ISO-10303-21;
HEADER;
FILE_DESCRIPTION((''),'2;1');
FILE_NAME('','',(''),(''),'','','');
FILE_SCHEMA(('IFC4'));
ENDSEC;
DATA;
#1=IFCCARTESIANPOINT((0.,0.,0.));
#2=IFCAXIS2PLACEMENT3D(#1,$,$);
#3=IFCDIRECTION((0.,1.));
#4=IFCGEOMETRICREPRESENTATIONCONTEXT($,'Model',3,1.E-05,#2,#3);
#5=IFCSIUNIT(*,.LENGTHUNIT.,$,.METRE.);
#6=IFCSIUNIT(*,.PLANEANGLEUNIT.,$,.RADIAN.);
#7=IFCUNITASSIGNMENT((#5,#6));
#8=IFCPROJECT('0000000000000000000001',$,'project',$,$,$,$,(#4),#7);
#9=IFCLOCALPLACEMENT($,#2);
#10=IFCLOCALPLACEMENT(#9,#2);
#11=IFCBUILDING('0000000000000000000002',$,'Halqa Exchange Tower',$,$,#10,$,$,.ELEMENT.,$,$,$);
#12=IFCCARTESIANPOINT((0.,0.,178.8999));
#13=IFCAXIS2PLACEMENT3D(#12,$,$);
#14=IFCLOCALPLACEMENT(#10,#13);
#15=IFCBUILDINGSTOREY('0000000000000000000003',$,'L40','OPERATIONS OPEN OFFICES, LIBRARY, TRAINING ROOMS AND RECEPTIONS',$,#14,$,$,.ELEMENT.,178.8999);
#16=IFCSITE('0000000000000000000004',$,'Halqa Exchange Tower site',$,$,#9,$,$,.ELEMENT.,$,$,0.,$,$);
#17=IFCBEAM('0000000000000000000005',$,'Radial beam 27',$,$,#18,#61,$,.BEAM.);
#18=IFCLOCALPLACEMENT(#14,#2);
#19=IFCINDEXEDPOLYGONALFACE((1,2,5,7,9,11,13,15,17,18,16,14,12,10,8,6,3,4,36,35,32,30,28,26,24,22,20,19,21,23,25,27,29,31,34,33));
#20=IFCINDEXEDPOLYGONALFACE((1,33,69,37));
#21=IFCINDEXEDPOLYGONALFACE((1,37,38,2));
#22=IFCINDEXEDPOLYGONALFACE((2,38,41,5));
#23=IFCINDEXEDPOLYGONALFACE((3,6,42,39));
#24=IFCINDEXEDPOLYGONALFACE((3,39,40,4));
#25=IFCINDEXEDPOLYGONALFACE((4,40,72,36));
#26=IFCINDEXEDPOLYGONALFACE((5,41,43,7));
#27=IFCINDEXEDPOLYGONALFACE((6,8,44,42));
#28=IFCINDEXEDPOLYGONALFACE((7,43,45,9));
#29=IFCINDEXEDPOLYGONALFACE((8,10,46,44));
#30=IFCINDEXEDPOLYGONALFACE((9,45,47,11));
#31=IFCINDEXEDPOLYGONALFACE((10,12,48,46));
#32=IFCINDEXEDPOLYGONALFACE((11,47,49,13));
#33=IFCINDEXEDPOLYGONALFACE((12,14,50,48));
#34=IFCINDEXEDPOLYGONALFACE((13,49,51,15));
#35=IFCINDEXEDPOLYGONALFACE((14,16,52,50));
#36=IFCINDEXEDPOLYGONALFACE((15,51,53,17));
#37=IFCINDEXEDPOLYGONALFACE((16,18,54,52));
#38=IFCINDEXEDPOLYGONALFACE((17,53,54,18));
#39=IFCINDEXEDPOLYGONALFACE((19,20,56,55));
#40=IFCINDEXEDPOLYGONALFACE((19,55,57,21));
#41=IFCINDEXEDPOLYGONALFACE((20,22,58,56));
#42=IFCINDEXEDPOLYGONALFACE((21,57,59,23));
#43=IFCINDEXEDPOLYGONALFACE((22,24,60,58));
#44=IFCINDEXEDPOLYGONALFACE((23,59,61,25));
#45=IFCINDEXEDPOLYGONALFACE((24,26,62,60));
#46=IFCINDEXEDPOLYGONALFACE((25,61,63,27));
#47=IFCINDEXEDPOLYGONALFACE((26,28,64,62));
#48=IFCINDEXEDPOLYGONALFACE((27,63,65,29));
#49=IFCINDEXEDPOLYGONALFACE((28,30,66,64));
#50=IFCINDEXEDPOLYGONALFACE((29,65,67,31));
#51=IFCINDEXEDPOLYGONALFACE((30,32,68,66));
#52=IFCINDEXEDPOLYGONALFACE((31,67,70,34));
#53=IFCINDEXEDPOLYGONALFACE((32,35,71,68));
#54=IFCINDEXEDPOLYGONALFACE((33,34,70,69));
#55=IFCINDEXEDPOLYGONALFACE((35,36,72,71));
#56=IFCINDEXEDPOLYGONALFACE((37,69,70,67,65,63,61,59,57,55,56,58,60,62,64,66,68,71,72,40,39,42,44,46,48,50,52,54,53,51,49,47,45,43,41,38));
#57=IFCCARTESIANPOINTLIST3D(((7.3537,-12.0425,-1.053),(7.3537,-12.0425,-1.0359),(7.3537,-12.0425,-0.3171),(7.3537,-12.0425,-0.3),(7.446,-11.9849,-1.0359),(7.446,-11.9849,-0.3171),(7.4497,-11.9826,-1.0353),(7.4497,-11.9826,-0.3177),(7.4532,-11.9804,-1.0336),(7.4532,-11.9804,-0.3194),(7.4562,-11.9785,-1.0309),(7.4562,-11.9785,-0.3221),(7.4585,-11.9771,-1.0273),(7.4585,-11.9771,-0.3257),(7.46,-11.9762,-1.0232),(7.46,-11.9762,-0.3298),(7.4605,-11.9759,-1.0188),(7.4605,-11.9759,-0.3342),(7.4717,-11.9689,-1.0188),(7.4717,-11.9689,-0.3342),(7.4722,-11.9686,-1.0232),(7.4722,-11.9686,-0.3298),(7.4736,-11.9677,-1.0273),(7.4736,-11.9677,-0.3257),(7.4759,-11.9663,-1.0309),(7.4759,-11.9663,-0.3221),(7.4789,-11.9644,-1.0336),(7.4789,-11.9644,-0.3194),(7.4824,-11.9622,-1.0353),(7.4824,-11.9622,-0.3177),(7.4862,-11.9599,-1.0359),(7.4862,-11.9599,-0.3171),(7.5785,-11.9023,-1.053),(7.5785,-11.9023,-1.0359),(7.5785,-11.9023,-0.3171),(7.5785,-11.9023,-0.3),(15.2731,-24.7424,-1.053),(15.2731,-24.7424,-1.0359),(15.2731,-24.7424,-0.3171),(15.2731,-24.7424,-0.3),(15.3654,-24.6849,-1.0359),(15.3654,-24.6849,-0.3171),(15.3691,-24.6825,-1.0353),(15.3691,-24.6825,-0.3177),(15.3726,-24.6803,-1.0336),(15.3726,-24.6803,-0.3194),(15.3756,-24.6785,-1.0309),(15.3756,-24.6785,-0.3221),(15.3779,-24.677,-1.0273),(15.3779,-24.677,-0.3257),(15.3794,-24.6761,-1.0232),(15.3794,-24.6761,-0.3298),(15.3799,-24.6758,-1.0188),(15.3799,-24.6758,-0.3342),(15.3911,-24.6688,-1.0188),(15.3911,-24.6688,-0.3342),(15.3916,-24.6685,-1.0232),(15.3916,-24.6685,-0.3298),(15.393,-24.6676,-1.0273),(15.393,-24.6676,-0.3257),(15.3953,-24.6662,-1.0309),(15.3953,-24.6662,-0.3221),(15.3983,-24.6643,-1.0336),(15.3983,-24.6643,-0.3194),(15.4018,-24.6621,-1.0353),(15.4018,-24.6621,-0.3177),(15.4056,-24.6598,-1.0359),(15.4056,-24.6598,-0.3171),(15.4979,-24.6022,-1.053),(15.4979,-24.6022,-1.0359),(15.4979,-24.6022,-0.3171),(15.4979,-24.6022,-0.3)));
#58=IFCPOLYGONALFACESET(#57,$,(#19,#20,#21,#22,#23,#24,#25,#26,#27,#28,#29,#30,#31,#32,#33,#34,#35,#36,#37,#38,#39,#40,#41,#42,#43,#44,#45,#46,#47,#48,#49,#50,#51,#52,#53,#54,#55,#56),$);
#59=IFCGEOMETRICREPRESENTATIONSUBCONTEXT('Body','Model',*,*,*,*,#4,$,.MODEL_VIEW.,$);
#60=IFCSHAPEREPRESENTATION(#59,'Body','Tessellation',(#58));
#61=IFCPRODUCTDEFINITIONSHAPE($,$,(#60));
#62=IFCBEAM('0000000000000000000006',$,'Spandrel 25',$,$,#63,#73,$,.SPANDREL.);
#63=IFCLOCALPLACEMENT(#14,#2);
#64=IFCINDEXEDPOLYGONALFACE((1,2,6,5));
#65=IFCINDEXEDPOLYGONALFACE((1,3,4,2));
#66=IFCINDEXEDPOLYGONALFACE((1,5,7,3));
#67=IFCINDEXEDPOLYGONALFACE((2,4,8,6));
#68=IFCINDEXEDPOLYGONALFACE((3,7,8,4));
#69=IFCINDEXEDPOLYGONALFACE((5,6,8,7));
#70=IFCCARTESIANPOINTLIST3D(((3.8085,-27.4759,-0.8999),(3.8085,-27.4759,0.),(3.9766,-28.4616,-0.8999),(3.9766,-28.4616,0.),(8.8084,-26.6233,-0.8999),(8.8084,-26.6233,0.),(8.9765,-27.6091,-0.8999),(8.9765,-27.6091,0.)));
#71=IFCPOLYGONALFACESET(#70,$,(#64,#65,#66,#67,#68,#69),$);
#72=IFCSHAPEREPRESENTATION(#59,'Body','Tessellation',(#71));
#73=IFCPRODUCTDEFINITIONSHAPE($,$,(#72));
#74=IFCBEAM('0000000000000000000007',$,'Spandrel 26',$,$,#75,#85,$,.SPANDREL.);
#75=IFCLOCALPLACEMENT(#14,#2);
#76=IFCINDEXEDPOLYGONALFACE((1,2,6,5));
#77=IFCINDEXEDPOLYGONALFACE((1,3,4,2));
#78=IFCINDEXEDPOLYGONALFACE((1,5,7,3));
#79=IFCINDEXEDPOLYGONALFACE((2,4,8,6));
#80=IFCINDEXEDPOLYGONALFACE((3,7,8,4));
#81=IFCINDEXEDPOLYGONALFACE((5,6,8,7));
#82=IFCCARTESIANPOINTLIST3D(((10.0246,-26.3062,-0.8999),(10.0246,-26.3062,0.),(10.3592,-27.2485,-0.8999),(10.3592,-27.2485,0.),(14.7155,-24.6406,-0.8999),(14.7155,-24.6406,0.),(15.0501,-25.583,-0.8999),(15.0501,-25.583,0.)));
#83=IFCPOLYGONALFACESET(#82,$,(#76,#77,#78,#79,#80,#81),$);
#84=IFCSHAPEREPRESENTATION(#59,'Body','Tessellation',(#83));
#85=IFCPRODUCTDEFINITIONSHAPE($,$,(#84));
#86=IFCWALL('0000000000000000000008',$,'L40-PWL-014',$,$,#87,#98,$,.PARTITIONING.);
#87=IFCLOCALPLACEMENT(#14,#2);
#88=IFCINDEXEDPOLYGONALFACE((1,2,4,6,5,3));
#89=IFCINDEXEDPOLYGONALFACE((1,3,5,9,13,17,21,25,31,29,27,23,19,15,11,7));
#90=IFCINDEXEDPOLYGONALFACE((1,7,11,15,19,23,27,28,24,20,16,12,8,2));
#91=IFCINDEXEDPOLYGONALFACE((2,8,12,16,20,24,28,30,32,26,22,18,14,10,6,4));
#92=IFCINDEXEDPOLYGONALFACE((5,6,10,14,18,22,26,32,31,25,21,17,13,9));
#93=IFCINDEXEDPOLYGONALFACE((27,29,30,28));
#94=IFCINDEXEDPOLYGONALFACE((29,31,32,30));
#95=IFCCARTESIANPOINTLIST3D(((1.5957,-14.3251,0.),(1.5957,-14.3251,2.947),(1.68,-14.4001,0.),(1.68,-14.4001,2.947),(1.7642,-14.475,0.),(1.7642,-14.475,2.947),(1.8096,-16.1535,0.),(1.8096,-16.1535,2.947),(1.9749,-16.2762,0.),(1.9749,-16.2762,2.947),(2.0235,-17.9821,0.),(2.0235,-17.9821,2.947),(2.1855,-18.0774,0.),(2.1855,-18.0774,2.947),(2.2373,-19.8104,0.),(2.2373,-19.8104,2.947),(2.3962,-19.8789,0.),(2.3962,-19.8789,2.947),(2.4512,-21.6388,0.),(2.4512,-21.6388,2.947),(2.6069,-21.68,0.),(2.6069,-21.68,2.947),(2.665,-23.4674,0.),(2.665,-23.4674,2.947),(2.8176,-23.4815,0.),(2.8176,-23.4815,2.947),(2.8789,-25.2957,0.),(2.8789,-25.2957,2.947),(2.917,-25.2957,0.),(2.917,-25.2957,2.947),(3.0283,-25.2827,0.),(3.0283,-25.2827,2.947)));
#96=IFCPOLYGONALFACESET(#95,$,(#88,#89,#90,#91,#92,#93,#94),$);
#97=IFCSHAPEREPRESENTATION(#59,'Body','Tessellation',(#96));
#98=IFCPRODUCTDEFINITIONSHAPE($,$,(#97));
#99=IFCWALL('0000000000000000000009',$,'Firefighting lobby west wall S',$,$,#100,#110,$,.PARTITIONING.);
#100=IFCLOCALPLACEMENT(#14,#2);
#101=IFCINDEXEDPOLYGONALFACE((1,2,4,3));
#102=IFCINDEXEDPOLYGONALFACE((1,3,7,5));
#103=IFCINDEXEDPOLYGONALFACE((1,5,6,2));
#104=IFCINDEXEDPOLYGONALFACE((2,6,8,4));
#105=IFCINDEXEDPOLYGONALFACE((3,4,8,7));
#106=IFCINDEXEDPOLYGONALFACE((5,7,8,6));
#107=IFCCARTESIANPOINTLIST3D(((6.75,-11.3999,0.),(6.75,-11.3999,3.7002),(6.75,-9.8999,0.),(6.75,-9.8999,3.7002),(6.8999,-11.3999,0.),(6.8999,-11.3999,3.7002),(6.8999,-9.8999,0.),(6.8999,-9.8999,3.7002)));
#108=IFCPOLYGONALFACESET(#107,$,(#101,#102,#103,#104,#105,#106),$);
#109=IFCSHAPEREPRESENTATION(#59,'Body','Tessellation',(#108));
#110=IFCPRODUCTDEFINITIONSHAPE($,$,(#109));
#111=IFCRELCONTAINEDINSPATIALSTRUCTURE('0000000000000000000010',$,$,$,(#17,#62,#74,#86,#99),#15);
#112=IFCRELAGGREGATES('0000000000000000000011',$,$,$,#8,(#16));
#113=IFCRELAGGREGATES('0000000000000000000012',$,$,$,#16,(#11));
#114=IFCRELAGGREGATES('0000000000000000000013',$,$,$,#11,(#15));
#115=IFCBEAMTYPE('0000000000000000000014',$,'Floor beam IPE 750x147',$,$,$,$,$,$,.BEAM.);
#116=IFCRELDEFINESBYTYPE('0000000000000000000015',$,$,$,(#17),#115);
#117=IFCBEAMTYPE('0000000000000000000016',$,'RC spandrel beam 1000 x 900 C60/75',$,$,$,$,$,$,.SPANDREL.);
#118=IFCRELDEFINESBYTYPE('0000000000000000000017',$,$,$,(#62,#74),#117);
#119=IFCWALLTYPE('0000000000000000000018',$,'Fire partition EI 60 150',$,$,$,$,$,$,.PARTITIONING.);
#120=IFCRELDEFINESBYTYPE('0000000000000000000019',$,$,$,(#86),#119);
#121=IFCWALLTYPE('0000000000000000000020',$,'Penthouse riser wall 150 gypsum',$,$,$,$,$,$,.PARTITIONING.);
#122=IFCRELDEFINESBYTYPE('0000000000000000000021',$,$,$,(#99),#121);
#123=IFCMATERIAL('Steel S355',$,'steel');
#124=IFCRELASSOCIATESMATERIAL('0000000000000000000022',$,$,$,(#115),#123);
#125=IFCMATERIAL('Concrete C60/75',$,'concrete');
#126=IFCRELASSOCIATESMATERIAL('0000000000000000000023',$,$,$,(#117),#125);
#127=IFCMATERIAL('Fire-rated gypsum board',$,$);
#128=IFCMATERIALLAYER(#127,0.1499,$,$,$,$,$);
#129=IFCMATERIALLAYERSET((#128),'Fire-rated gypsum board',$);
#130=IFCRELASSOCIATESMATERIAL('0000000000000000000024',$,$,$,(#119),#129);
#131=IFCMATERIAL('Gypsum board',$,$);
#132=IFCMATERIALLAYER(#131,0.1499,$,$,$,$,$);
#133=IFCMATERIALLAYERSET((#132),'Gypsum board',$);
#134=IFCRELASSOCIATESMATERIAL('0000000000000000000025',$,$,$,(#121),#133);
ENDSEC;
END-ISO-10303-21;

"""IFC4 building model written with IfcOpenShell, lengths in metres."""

from ifc_helpers import new_model, si_unit, direction, frame, frame_2d, origin, origin_2d, place, context, subcontext, project, spatial, polyline, rectangle, i_section, outline, extrude, material, layer, layer_set, material_profile, profile_set, type_object, element, save


model = new_model("IFC4")

# Units and contexts
model_context = context("Model", 3, precision=1e-05, world=origin(), true_north=direction((0.0, 1.0)))
body_context = subcontext(model_context, "Body", "Model", "MODEL_VIEW")
ifc_project = project(units=[si_unit("LENGTHUNIT", "METRE"), si_unit("PLANEANGLEUNIT", "RADIAN")], contexts=[model_context])

# Site, building, storey
site_placement = place(None, origin())
site = spatial("IfcSite", under=ifc_project, at=site_placement, Name="Halqa Exchange Tower site", CompositionType="ELEMENT", RefElevation=0.0)
building_placement = place(site_placement, origin())
building = spatial("IfcBuilding", under=site, at=building_placement, Name="Halqa Exchange Tower", CompositionType="ELEMENT")
storey_placement = place(building_placement, frame((0.0, 0.0, 178.8999)))
storey = spatial("IfcBuildingStorey", under=building, at=storey_placement, Name="L40", Description="OPERATIONS OPEN OFFICES, LIBRARY, TRAINING ROOMS AND RECEPTIONS", CompositionType="ELEMENT", Elevation=178.8999)

# Beams
ifc_material_1 = material(Name="Steel S355", Category="steel")
ifc_material_profile_1 = material_profile(ifc_material_1, i_section(OverallWidth=0.2649, OverallDepth=0.7529, WebThickness=0.0132, FlangeThickness=0.0171, FilletRadius=0.0171, at=origin_2d()), Name="IPE 750x147")
ifc_profile_set_1 = profile_set([ifc_material_profile_1], Name="Steel S355")
beam_type_1 = type_object("IfcBeamType", Name="Floor beam IPE 750x147", PredefinedType="BEAM", material=ifc_profile_set_1)
beam_1_placement = place(storey_placement, frame((7.4661, -11.9724, -0.6765), z_axis=(0.529132, -0.848539, 0.0), x_axis=(0.848539, 0.529132, 0.0)))
element("IfcBeam", 1, at=beam_1_placement, inside=storey, type_object=beam_type_1, Name="Radial beam 27", PredefinedType="BEAM", context=body_context, shape_type="SweptSolid", body=[
    extrude(i_section(OverallWidth=0.2649, OverallDepth=0.7529, WebThickness=0.0132, FlangeThickness=0.0171, FilletRadius=0.0171, at=origin_2d()), origin(), (0.0, 0.0, 1.0), 14.9668),
])
ifc_material_2 = material(Name="Concrete C60/75", Category="concrete")
ifc_material_profile_2 = material_profile(ifc_material_2, rectangle(XDim=1.0, YDim=0.8999, at=origin_2d()), Name="1000 x 900")
ifc_profile_set_2 = profile_set([ifc_material_profile_2], Name="Concrete C60/75")
beam_type_2 = type_object("IfcBeamType", Name="RC spandrel beam 1000 x 900 C60/75", PredefinedType="SPANDREL", material=ifc_profile_set_2)
beam_2_placement = place(storey_placement, frame((3.8926, -27.9688, -0.45), z_axis=(0.985772, 0.16809, 0.0), x_axis=(-0.16809, 0.985772, 0.0)))
element("IfcBeam", 2, at=beam_2_placement, inside=storey, type_object=beam_type_2, Name="Spandrel 25", PredefinedType="SPANDREL", context=body_context, shape_type="SweptSolid", body=[
    extrude(rectangle(XDim=1.0, YDim=0.8999, at=origin_2d()), origin(), (0.0, 0.0, 1.0), 5.072),
])
beam_3_placement = place(storey_placement, frame((10.1919, -26.7773, -0.45), z_axis=(0.942364, 0.33459, 0.0), x_axis=(-0.33459, 0.942364, 0.0)))
element("IfcBeam", 3, at=beam_3_placement, inside=storey, type_object=beam_type_2, Name="Spandrel 26", PredefinedType="SPANDREL", context=body_context, shape_type="SweptSolid", body=[
    extrude(rectangle(XDim=1.0, YDim=0.8999, at=origin_2d()), origin(), (0.0, 0.0, 1.0), 4.9778),
])

# Walls
ifc_material_3 = material(Name="Fire-rated gypsum board")
ifc_layer_1 = layer(ifc_material_3, 0.1499)
ifc_layer_set_1 = layer_set([ifc_layer_1], Name="Fire-rated gypsum board")
wall_type_1 = type_object("IfcWallType", Name="Fire partition EI 60 150", PredefinedType="PARTITIONING", material=ifc_layer_set_1)
wall_1_placement = place(storey_placement, frame((1.6702, -14.3164, 0.0), z_axis=(0.0, 0.0, 1.0), x_axis=(0.116172, -0.993229, 0.0)))
element("IfcWall", 4, at=wall_1_placement, inside=storey, type_object=wall_type_1, Name="L40-PWL-014", PredefinedType="PARTITIONING", context=body_context, shape_type="SweptSolid", body=[
    extrude(outline(polyline([(0.0, -0.075), (1.8408, -0.075), (3.6819, -0.075), (5.5227, -0.075), (7.3635, -0.075), (9.2046, -0.075), (11.0454, -0.075), (11.0498, -0.0371), (11.0498, 0.075), (9.2363, 0.075), (7.4226, 0.075), (5.6091, 0.075), (3.7954, 0.075), (1.9819, 0.075), (0.1685, 0.075), (0.0842, 0.0), (0.0, -0.075), (0.0, -0.075)])), origin(), (0.0, 0.0, 1.0), 2.947),
])
ifc_material_4 = material(Name="Gypsum board")
ifc_layer_2 = layer(ifc_material_4, 0.1499)
ifc_layer_set_2 = layer_set([ifc_layer_2], Name="Gypsum board")
wall_type_2 = type_object("IfcWallType", Name="Penthouse riser wall 150 gypsum", PredefinedType="PARTITIONING", material=ifc_layer_set_2)
wall_2_placement = place(storey_placement, frame((6.825, -11.3999, 0.0), z_axis=(0.0, 0.0, 1.0), x_axis=(0.0, 1.0, 0.0)))
element("IfcWall", 5, at=wall_2_placement, inside=storey, type_object=wall_type_2, Name="Firefighting lobby west wall S", PredefinedType="PARTITIONING", context=body_context, shape_type="SweptSolid", body=[
    extrude(rectangle(XDim=1.5, YDim=0.1499, at=frame_2d((0.75, 0.0))), origin(), (0.0, 0.0, 1.0), 3.7002),
])

save(model, "model.ifc")
